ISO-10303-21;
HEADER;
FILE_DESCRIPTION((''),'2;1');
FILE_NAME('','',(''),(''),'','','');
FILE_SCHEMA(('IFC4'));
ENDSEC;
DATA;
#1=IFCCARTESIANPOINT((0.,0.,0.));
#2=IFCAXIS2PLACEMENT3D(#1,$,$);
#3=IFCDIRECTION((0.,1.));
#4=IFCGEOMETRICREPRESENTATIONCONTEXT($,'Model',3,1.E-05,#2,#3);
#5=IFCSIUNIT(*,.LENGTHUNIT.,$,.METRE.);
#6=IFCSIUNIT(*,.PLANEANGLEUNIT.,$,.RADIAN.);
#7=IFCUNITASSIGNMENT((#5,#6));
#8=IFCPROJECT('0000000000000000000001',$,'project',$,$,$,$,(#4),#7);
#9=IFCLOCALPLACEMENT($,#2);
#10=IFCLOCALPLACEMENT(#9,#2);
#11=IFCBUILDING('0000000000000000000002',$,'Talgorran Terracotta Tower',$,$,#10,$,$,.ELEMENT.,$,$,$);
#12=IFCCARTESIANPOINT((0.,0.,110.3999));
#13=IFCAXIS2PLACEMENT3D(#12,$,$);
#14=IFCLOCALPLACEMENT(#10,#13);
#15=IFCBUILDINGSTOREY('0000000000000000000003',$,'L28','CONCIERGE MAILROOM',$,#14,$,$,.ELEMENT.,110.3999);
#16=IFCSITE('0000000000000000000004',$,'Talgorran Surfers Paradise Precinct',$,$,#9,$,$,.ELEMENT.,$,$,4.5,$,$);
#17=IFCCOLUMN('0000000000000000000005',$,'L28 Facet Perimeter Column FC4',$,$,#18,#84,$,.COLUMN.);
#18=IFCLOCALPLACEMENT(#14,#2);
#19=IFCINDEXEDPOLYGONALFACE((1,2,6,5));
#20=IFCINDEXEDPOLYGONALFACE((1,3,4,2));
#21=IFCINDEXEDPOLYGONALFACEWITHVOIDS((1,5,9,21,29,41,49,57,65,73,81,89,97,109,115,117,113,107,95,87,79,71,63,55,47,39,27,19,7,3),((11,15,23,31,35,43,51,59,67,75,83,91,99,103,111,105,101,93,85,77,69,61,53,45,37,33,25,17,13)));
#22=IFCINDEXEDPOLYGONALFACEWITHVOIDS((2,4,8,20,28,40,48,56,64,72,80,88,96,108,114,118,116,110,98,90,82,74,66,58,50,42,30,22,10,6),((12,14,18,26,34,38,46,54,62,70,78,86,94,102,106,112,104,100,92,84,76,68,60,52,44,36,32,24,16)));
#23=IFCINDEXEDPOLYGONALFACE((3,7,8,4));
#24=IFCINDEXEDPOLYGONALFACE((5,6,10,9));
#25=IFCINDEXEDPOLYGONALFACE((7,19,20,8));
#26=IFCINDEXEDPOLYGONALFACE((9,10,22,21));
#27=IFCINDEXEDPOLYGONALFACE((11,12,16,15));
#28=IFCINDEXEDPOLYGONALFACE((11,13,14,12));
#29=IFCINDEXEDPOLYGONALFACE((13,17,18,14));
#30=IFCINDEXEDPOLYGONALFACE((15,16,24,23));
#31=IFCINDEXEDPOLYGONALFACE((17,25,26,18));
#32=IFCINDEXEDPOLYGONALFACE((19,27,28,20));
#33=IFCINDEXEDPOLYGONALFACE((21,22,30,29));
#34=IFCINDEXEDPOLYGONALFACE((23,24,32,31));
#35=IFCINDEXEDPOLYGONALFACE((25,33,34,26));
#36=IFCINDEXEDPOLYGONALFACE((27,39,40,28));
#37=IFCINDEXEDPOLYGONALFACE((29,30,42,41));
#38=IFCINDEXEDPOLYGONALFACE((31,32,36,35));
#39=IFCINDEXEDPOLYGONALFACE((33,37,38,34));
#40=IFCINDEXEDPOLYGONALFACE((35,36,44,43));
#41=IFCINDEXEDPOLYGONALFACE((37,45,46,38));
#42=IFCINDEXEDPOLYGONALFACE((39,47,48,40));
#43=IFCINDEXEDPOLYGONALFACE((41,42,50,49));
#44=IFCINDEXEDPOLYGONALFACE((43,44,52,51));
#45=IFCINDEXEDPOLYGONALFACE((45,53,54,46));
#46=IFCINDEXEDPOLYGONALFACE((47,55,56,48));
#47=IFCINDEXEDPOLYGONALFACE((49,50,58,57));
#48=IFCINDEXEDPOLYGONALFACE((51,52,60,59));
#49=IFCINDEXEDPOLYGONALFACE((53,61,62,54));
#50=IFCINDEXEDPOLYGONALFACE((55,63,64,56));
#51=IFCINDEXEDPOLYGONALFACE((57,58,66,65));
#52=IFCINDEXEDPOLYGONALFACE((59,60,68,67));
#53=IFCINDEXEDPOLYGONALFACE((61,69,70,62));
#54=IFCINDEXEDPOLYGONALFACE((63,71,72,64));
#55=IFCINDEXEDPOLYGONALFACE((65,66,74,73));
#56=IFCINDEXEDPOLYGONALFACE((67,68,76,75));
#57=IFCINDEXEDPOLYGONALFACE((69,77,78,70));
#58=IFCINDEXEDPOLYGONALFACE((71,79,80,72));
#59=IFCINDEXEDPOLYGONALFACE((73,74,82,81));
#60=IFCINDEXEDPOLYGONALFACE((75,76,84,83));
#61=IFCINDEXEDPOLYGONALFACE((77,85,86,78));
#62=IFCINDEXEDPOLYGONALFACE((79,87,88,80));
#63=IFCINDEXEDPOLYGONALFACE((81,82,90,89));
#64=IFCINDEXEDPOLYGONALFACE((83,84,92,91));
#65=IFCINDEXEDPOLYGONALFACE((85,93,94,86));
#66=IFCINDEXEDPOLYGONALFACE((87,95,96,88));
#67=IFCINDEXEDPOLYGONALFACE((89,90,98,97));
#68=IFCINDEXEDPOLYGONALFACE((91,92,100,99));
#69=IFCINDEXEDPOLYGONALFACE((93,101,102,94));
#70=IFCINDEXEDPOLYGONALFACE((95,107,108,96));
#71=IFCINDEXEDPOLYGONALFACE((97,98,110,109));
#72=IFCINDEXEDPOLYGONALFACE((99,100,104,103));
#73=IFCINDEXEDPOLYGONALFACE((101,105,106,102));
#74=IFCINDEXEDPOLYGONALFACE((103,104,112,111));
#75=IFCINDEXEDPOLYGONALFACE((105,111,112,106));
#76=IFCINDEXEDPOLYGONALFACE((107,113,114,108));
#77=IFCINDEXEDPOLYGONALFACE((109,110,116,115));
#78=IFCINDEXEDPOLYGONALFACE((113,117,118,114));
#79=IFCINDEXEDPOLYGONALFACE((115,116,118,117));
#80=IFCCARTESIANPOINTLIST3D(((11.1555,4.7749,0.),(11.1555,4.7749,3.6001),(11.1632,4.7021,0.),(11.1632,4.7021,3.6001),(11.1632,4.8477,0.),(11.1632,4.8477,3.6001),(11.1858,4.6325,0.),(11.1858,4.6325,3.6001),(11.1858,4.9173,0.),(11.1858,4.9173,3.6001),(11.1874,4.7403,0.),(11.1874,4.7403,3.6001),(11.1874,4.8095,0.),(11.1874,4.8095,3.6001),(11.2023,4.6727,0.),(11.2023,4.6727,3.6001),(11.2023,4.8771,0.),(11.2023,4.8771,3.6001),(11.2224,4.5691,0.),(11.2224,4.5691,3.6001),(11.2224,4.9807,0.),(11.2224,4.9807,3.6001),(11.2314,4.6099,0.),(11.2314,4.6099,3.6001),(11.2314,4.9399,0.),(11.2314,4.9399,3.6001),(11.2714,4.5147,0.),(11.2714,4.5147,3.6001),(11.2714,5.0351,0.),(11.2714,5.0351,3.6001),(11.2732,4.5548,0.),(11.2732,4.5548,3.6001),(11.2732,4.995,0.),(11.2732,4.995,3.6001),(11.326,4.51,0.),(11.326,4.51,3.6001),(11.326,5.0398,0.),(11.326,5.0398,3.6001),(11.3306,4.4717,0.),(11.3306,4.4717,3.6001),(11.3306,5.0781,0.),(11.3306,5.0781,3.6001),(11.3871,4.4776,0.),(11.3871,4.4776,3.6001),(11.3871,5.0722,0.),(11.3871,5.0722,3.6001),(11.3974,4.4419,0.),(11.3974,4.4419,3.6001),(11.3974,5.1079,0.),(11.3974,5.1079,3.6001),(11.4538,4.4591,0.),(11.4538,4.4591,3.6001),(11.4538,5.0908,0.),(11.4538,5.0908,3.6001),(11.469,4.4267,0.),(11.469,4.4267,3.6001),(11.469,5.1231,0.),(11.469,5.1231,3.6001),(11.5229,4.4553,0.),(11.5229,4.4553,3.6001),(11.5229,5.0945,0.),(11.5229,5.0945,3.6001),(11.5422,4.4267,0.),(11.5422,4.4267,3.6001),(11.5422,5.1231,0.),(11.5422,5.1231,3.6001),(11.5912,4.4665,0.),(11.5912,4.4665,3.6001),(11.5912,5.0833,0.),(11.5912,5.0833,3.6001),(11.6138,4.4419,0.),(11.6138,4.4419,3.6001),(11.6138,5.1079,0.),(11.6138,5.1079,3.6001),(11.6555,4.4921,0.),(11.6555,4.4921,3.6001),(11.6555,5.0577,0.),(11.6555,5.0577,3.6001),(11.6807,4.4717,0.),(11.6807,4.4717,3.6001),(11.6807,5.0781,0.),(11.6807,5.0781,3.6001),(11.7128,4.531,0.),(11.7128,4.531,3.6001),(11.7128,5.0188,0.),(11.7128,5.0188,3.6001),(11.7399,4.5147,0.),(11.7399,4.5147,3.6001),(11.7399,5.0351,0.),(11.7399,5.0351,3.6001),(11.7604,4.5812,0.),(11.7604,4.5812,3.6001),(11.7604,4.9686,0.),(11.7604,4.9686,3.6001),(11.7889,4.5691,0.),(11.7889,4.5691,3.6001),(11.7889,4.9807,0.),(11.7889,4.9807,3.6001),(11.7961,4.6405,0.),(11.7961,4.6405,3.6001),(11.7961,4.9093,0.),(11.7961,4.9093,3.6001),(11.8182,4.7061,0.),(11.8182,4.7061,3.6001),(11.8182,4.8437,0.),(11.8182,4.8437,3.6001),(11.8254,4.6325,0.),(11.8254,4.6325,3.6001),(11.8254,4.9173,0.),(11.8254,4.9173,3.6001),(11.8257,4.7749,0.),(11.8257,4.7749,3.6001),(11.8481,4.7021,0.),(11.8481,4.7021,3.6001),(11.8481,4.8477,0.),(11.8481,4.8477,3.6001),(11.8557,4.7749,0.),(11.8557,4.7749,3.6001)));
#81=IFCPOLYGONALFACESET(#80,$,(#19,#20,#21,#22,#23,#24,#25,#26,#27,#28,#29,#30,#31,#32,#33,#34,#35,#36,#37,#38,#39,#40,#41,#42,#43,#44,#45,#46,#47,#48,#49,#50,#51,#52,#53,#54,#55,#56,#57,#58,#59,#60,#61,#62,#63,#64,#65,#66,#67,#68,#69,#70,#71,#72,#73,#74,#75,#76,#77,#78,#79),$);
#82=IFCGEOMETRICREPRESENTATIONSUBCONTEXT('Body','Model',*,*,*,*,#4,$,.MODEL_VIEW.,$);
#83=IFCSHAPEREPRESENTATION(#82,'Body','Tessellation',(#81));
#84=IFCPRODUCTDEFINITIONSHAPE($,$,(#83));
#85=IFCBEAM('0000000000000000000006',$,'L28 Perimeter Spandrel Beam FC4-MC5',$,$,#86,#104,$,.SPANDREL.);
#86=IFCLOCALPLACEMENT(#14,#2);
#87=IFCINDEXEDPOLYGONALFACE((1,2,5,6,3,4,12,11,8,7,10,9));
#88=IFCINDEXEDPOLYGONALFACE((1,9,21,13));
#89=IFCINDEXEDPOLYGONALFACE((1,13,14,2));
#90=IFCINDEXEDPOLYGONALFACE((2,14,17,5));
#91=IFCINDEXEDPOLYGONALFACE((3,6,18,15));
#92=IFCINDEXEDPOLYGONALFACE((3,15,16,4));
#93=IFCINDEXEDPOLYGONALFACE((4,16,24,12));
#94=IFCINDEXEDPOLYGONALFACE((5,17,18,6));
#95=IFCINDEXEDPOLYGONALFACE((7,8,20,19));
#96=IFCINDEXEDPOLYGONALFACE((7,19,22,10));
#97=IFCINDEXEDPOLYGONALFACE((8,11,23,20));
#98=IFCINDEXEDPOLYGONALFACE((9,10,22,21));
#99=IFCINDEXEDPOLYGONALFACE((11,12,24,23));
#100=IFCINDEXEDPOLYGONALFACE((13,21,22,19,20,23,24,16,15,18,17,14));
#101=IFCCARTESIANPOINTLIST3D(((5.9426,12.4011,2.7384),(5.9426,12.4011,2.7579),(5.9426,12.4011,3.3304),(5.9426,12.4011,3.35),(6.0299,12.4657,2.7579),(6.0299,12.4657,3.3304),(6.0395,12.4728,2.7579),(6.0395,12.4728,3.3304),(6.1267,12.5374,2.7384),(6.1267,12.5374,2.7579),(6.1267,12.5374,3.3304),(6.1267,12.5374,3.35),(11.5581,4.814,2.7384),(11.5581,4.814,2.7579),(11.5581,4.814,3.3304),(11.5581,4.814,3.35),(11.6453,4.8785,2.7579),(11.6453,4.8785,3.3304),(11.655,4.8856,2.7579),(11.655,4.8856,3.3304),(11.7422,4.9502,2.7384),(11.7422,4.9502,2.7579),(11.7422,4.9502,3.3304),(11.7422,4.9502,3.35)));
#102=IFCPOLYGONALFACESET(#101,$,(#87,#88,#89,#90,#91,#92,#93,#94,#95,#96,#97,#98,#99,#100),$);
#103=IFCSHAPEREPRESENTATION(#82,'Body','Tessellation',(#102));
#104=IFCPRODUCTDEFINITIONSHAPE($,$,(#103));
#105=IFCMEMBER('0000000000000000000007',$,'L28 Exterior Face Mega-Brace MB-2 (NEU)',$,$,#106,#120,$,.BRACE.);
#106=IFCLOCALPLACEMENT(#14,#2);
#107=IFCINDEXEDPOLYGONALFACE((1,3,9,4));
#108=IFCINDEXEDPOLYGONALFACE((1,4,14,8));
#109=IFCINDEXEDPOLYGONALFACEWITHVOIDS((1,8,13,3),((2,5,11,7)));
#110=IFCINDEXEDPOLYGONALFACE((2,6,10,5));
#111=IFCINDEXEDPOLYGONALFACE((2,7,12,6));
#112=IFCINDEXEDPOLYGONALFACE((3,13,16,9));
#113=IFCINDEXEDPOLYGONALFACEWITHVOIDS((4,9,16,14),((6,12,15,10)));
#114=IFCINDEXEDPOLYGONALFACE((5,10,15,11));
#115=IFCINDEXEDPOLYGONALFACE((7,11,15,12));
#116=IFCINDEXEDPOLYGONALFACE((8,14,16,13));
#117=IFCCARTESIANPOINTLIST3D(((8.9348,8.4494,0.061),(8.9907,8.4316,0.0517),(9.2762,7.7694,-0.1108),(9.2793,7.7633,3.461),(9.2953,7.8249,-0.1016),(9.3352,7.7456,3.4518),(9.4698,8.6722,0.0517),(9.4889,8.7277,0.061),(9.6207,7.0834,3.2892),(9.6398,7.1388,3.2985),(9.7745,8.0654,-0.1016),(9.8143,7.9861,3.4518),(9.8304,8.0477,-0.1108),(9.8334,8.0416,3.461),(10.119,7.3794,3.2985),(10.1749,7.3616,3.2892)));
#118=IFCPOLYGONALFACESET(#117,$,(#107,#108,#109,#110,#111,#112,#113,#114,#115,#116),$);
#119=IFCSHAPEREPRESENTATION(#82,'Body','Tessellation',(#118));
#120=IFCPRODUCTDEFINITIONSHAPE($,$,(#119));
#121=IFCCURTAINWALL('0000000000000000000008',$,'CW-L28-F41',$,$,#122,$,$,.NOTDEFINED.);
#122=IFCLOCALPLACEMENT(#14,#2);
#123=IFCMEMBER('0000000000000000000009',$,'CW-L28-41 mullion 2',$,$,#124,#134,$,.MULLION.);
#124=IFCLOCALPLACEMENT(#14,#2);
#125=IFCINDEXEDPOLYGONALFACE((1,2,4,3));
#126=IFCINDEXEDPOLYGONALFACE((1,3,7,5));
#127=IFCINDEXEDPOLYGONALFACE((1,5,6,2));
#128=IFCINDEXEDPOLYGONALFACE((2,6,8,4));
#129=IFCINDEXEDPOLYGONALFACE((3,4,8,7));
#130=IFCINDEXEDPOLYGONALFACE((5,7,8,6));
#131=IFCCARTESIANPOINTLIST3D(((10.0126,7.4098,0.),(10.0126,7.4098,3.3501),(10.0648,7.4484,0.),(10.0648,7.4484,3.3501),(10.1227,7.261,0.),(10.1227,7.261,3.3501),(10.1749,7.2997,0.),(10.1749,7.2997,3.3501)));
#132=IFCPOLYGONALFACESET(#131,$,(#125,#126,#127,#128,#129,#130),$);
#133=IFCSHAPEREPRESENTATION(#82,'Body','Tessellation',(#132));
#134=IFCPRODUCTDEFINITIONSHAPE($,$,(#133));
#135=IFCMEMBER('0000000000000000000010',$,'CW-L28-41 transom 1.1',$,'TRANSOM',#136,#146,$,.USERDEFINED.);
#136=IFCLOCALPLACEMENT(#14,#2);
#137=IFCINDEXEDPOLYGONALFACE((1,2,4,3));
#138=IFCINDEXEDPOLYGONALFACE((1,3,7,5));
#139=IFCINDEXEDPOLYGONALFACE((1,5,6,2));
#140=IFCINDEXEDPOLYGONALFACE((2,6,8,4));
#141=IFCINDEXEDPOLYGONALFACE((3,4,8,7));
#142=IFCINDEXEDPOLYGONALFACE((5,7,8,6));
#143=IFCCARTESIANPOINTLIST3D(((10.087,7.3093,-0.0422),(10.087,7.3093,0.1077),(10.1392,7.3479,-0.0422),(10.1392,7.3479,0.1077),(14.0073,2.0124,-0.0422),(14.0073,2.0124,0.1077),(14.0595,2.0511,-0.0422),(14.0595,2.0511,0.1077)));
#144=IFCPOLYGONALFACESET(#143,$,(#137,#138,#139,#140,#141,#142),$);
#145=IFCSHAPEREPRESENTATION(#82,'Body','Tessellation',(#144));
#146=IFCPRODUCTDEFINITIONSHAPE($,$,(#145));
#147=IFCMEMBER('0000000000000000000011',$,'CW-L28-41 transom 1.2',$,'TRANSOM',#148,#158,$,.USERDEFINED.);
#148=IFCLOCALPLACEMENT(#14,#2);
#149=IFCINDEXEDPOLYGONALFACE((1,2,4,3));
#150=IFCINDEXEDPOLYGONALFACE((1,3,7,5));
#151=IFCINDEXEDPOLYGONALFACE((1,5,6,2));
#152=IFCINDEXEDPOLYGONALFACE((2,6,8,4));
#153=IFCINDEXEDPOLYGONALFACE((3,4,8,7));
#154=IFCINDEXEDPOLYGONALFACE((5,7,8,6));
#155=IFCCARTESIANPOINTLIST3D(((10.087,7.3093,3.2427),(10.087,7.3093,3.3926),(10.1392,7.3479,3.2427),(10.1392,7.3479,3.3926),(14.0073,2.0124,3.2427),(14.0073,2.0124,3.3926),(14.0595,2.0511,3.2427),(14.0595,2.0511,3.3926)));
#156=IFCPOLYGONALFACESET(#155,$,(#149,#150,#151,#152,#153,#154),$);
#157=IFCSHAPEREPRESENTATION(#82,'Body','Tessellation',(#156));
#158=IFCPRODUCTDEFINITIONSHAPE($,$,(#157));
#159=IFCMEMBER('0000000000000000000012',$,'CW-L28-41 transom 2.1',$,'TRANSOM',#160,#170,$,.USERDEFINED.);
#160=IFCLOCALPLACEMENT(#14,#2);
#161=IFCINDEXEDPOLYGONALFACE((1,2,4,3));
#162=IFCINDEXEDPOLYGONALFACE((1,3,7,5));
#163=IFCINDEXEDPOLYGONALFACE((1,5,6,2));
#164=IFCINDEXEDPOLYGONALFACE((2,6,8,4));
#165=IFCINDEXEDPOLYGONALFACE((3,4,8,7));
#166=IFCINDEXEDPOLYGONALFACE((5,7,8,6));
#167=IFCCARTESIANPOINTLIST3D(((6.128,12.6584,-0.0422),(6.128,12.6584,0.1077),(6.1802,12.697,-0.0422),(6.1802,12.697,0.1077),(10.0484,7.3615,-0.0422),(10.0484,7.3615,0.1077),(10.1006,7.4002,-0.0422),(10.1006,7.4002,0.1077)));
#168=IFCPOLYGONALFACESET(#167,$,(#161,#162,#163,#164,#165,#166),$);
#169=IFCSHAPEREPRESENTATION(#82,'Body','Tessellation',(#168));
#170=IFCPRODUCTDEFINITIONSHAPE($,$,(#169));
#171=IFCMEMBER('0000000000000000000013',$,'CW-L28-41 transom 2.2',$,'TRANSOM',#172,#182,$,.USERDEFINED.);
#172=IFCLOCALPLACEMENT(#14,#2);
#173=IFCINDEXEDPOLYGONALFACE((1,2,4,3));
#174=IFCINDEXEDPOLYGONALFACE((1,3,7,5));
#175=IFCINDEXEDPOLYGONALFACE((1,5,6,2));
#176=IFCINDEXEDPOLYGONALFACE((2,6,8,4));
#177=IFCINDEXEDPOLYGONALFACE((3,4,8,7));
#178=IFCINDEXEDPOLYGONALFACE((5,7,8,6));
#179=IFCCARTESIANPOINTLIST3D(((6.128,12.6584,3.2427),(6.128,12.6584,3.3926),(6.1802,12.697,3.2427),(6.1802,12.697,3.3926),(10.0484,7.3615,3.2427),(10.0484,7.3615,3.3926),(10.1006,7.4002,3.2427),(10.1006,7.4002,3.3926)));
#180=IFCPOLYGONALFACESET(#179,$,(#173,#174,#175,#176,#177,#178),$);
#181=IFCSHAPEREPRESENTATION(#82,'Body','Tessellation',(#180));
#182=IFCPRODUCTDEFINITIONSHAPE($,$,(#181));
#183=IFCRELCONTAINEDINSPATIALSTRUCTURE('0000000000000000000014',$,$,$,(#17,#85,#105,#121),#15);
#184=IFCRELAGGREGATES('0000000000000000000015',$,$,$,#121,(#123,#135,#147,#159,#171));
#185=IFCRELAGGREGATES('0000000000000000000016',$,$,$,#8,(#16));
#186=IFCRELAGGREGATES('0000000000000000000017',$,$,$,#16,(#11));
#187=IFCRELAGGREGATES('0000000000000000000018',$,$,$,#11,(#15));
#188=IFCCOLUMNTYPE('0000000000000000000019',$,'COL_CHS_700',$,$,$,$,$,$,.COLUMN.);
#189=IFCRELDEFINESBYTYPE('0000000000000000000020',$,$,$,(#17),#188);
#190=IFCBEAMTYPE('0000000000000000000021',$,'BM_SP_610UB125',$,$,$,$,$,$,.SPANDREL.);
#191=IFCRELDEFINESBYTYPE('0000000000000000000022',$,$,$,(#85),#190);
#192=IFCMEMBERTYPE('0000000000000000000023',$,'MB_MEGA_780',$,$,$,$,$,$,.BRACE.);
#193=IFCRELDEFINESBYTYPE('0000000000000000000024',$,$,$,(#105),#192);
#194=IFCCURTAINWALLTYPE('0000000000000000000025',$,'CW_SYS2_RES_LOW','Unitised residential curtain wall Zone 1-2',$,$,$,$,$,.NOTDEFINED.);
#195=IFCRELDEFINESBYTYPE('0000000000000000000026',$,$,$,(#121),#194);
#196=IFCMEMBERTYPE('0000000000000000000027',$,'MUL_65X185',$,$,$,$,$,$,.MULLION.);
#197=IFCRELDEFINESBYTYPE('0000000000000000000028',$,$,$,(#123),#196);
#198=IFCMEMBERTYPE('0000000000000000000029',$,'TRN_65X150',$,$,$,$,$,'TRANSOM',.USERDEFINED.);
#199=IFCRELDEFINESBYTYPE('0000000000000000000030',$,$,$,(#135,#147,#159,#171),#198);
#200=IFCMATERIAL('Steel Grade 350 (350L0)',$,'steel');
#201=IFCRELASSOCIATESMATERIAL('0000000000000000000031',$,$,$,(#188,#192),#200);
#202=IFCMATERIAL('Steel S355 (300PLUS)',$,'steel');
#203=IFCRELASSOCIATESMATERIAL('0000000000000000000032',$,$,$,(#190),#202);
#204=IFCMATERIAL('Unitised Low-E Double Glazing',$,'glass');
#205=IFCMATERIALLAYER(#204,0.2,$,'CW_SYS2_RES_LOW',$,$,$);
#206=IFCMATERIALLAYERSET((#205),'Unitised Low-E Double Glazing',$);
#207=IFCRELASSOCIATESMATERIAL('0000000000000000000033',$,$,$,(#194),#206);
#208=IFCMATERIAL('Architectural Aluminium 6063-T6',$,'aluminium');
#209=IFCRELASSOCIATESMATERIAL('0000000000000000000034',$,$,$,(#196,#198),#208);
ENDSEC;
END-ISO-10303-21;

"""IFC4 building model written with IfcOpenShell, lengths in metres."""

from ifc_helpers import new_model, si_unit, direction, frame, origin, origin_2d, place, context, subcontext, project, spatial, rectangle, hollow_rectangle, hollow_circle, i_section, extrude, material, layer, layer_set, material_profile, profile_set, type_object, element, aggregate, save


model = new_model("IFC4")

# Units and contexts
model_context = context("Model", 3, precision=1e-05, world=origin(), true_north=direction((0.0, 1.0)))
body_context = subcontext(model_context, "Body", "Model", "MODEL_VIEW")
ifc_project = project(units=[si_unit("LENGTHUNIT", "METRE"), si_unit("PLANEANGLEUNIT", "RADIAN")], contexts=[model_context])

# Site, building, storey
site_placement = place(None, origin())
site = spatial("IfcSite", under=ifc_project, at=site_placement, Name="Talgorran Surfers Paradise Precinct", CompositionType="ELEMENT", RefElevation=4.5)
building_placement = place(site_placement, origin())
building = spatial("IfcBuilding", under=site, at=building_placement, Name="Talgorran Terracotta Tower", CompositionType="ELEMENT")
storey_placement = place(building_placement, frame((0.0, 0.0, 110.3999)))
storey = spatial("IfcBuildingStorey", under=building, at=storey_placement, Name="L28", Description="CONCIERGE MAILROOM", CompositionType="ELEMENT", Elevation=110.3999)

# Column
ifc_material_1 = material(Name="Steel Grade 350 (350L0)", Category="steel")
ifc_material_profile_1 = material_profile(ifc_material_1, hollow_circle(Radius=0.3501, WallThickness=0.03, at=origin_2d()), Name="CHS700X30")
ifc_profile_set_1 = profile_set([ifc_material_profile_1], Name="Steel Grade 350 (350L0)")
column_type = type_object("IfcColumnType", Name="COL_CHS_700", PredefinedType="COLUMN", material=ifc_profile_set_1)
column_placement = place(storey_placement, frame((11.5056, 4.7749, 0.0), z_axis=(0.0, 0.0, 1.0), x_axis=(1.0, 0.0, 0.0)))
element("IfcColumn", 1, at=column_placement, inside=storey, type_object=column_type, Name="L28 Facet Perimeter Column FC4", PredefinedType="COLUMN", context=body_context, shape_type="SweptSolid", body=[
    extrude(hollow_circle(Radius=0.3501, WallThickness=0.03, at=origin_2d()), origin(), (0.0, 0.0, 1.0), 3.6001),
])

# Beam
ifc_material_2 = material(Name="Steel S355 (300PLUS)", Category="steel")
ifc_material_profile_2 = material_profile(ifc_material_2, i_section(OverallWidth=0.229, OverallDepth=0.6116, WebThickness=0.012, FlangeThickness=0.0195, at=origin_2d()), Name="610UB125")
ifc_profile_set_2 = profile_set([ifc_material_profile_2], Name="Steel S355 (300PLUS)")
beam_type = type_object("IfcBeamType", Name="BM_SP_610UB125", PredefinedType="SPANDREL", material=ifc_profile_set_2)
beam_placement = place(storey_placement, frame((11.6501, 4.8821, 3.0442), z_axis=(-0.59491, 0.803792, 0.0), x_axis=(-0.803792, -0.59491, 0.0)))
element("IfcBeam", 2, at=beam_placement, inside=storey, type_object=beam_type, Name="L28 Perimeter Spandrel Beam FC4-MC5", PredefinedType="SPANDREL", context=body_context, shape_type="SweptSolid", body=[
    extrude(i_section(OverallWidth=0.229, OverallDepth=0.6116, WebThickness=0.012, FlangeThickness=0.0195, at=origin_2d()), origin(), (0.0, 0.0, 1.0), 9.4392),
])

# Member
ifc_material_profile_3 = material_profile(ifc_material_1, hollow_rectangle(XDim=0.6201, YDim=0.78, WallThickness=0.042, at=origin_2d()), Name="WBOX780X620X42")
ifc_profile_set_3 = profile_set([ifc_material_profile_3], Name="Steel Grade 350 (350L0)")
member_type_1 = type_object("IfcMemberType", Name="MB_MEGA_780", PredefinedType="BRACE", material=ifc_profile_set_3)
member_1_placement = place(storey_placement, frame((9.3826, 8.2485, -0.0249), z_axis=(0.098833, -0.196826, 0.975444), x_axis=(0.893663, 0.448739, 0.0)))
element("IfcMember", 3, at=member_1_placement, inside=storey, type_object=member_type_1, Name="L28 Exterior Face Mega-Brace MB-2 (NEU)", PredefinedType="BRACE", context=body_context, shape_type="SweptSolid", body=[
    extrude(hollow_rectangle(XDim=0.6201, YDim=0.78, WallThickness=0.042, at=origin_2d()), origin(), (0.0, 0.0, 1.0), 3.4856),
])

# Curtain wall, members
ifc_material_3 = material(Name="Unitised Low-E Double Glazing", Category="glass")
ifc_layer_1 = layer(ifc_material_3, 0.2, Name="CW_SYS2_RES_LOW")
ifc_layer_set_1 = layer_set([ifc_layer_1], Name="Unitised Low-E Double Glazing")
curtain_wall_type = type_object("IfcCurtainWallType", Name="CW_SYS2_RES_LOW", Description="Unitised residential curtain wall Zone 1-2", PredefinedType="NOTDEFINED", material=ifc_layer_set_1)
curtain_wall_placement = place(storey_placement, origin())
curtain_wall = element("IfcCurtainWall", 4, at=curtain_wall_placement, inside=storey, type_object=curtain_wall_type, Name="CW-L28-F41", PredefinedType="NOTDEFINED")
ifc_material_4 = material(Name="Architectural Aluminium 6063-T6", Category="aluminium")
ifc_material_profile_4 = material_profile(ifc_material_4, rectangle(XDim=0.0649, YDim=0.1851, at=origin_2d()), Name="CWM65X185")
ifc_profile_set_4 = profile_set([ifc_material_profile_4], Name="Architectural Aluminium 6063-T6")
member_type_2 = type_object("IfcMemberType", Name="MUL_65X185", PredefinedType="MULLION", material=ifc_profile_set_4)
member_2_placement = place(storey_placement, frame((10.0938, 7.3547, 0.0), z_axis=(0.0, 0.0, 1.0), x_axis=(-0.803793, -0.594909, 0.0)))
member_2 = element("IfcMember", 5, at=member_2_placement, type_object=member_type_2, Name="CW-L28-41 mullion 2", PredefinedType="MULLION", context=body_context, shape_type="SweptSolid", body=[
    extrude(rectangle(XDim=0.0649, YDim=0.1851, at=origin_2d()), origin(), (0.0, 0.0, 1.0), 3.3501),
])
ifc_material_profile_5 = material_profile(ifc_material_4, rectangle(XDim=0.0649, YDim=0.1499, at=origin_2d()), Name="CWT65X150")
ifc_profile_set_5 = profile_set([ifc_material_profile_5], Name="Architectural Aluminium 6063-T6")
member_type_3 = type_object("IfcMemberType", Name="TRN_65X150", ElementType="TRANSOM", PredefinedType="USERDEFINED", material=ifc_profile_set_5)
member_3_placement = place(storey_placement, frame((14.0334, 2.0317, 0.0327), z_axis=(-0.594914, 0.803789, 0.0), x_axis=(-0.803789, -0.594914, 0.0)))
member_3 = element("IfcMember", 6, at=member_3_placement, type_object=member_type_3, Name="CW-L28-41 transom 1.1", ObjectType="TRANSOM", PredefinedType="USERDEFINED", context=body_context, shape_type="SweptSolid", body=[
    extrude(rectangle(XDim=0.0649, YDim=0.1499, at=origin_2d()), origin(), (0.0, 0.0, 1.0), 6.5898),
])
member_4_placement = place(storey_placement, frame((14.0334, 2.0317, 3.3176), z_axis=(-0.594914, 0.803789, 0.0), x_axis=(-0.803789, -0.594914, 0.0)))
member_4 = element("IfcMember", 7, at=member_4_placement, type_object=member_type_3, Name="CW-L28-41 transom 1.2", ObjectType="TRANSOM", PredefinedType="USERDEFINED", context=body_context, shape_type="SweptSolid", body=[
    extrude(rectangle(XDim=0.0649, YDim=0.1499, at=origin_2d()), origin(), (0.0, 0.0, 1.0), 6.5898),
])
member_5_placement = place(storey_placement, frame((10.0745, 7.3809, 0.0327), z_axis=(-0.594914, 0.803789, 0.0), x_axis=(-0.803789, -0.594914, 0.0)))
member_5 = element("IfcMember", 8, at=member_5_placement, type_object=member_type_3, Name="CW-L28-41 transom 2.1", ObjectType="TRANSOM", PredefinedType="USERDEFINED", context=body_context, shape_type="SweptSolid", body=[
    extrude(rectangle(XDim=0.0649, YDim=0.1499, at=origin_2d()), origin(), (0.0, 0.0, 1.0), 6.5898),
])
member_6_placement = place(storey_placement, frame((10.0745, 7.3809, 3.3176), z_axis=(-0.594914, 0.803789, 0.0), x_axis=(-0.803789, -0.594914, 0.0)))
member_6 = element("IfcMember", 9, at=member_6_placement, type_object=member_type_3, Name="CW-L28-41 transom 2.2", ObjectType="TRANSOM", PredefinedType="USERDEFINED", context=body_context, shape_type="SweptSolid", body=[
    extrude(rectangle(XDim=0.0649, YDim=0.1499, at=origin_2d()), origin(), (0.0, 0.0, 1.0), 6.5898),
])

aggregate(curtain_wall, [member_2, member_3, member_4, member_5, member_6])

save(model, "model.ifc")
